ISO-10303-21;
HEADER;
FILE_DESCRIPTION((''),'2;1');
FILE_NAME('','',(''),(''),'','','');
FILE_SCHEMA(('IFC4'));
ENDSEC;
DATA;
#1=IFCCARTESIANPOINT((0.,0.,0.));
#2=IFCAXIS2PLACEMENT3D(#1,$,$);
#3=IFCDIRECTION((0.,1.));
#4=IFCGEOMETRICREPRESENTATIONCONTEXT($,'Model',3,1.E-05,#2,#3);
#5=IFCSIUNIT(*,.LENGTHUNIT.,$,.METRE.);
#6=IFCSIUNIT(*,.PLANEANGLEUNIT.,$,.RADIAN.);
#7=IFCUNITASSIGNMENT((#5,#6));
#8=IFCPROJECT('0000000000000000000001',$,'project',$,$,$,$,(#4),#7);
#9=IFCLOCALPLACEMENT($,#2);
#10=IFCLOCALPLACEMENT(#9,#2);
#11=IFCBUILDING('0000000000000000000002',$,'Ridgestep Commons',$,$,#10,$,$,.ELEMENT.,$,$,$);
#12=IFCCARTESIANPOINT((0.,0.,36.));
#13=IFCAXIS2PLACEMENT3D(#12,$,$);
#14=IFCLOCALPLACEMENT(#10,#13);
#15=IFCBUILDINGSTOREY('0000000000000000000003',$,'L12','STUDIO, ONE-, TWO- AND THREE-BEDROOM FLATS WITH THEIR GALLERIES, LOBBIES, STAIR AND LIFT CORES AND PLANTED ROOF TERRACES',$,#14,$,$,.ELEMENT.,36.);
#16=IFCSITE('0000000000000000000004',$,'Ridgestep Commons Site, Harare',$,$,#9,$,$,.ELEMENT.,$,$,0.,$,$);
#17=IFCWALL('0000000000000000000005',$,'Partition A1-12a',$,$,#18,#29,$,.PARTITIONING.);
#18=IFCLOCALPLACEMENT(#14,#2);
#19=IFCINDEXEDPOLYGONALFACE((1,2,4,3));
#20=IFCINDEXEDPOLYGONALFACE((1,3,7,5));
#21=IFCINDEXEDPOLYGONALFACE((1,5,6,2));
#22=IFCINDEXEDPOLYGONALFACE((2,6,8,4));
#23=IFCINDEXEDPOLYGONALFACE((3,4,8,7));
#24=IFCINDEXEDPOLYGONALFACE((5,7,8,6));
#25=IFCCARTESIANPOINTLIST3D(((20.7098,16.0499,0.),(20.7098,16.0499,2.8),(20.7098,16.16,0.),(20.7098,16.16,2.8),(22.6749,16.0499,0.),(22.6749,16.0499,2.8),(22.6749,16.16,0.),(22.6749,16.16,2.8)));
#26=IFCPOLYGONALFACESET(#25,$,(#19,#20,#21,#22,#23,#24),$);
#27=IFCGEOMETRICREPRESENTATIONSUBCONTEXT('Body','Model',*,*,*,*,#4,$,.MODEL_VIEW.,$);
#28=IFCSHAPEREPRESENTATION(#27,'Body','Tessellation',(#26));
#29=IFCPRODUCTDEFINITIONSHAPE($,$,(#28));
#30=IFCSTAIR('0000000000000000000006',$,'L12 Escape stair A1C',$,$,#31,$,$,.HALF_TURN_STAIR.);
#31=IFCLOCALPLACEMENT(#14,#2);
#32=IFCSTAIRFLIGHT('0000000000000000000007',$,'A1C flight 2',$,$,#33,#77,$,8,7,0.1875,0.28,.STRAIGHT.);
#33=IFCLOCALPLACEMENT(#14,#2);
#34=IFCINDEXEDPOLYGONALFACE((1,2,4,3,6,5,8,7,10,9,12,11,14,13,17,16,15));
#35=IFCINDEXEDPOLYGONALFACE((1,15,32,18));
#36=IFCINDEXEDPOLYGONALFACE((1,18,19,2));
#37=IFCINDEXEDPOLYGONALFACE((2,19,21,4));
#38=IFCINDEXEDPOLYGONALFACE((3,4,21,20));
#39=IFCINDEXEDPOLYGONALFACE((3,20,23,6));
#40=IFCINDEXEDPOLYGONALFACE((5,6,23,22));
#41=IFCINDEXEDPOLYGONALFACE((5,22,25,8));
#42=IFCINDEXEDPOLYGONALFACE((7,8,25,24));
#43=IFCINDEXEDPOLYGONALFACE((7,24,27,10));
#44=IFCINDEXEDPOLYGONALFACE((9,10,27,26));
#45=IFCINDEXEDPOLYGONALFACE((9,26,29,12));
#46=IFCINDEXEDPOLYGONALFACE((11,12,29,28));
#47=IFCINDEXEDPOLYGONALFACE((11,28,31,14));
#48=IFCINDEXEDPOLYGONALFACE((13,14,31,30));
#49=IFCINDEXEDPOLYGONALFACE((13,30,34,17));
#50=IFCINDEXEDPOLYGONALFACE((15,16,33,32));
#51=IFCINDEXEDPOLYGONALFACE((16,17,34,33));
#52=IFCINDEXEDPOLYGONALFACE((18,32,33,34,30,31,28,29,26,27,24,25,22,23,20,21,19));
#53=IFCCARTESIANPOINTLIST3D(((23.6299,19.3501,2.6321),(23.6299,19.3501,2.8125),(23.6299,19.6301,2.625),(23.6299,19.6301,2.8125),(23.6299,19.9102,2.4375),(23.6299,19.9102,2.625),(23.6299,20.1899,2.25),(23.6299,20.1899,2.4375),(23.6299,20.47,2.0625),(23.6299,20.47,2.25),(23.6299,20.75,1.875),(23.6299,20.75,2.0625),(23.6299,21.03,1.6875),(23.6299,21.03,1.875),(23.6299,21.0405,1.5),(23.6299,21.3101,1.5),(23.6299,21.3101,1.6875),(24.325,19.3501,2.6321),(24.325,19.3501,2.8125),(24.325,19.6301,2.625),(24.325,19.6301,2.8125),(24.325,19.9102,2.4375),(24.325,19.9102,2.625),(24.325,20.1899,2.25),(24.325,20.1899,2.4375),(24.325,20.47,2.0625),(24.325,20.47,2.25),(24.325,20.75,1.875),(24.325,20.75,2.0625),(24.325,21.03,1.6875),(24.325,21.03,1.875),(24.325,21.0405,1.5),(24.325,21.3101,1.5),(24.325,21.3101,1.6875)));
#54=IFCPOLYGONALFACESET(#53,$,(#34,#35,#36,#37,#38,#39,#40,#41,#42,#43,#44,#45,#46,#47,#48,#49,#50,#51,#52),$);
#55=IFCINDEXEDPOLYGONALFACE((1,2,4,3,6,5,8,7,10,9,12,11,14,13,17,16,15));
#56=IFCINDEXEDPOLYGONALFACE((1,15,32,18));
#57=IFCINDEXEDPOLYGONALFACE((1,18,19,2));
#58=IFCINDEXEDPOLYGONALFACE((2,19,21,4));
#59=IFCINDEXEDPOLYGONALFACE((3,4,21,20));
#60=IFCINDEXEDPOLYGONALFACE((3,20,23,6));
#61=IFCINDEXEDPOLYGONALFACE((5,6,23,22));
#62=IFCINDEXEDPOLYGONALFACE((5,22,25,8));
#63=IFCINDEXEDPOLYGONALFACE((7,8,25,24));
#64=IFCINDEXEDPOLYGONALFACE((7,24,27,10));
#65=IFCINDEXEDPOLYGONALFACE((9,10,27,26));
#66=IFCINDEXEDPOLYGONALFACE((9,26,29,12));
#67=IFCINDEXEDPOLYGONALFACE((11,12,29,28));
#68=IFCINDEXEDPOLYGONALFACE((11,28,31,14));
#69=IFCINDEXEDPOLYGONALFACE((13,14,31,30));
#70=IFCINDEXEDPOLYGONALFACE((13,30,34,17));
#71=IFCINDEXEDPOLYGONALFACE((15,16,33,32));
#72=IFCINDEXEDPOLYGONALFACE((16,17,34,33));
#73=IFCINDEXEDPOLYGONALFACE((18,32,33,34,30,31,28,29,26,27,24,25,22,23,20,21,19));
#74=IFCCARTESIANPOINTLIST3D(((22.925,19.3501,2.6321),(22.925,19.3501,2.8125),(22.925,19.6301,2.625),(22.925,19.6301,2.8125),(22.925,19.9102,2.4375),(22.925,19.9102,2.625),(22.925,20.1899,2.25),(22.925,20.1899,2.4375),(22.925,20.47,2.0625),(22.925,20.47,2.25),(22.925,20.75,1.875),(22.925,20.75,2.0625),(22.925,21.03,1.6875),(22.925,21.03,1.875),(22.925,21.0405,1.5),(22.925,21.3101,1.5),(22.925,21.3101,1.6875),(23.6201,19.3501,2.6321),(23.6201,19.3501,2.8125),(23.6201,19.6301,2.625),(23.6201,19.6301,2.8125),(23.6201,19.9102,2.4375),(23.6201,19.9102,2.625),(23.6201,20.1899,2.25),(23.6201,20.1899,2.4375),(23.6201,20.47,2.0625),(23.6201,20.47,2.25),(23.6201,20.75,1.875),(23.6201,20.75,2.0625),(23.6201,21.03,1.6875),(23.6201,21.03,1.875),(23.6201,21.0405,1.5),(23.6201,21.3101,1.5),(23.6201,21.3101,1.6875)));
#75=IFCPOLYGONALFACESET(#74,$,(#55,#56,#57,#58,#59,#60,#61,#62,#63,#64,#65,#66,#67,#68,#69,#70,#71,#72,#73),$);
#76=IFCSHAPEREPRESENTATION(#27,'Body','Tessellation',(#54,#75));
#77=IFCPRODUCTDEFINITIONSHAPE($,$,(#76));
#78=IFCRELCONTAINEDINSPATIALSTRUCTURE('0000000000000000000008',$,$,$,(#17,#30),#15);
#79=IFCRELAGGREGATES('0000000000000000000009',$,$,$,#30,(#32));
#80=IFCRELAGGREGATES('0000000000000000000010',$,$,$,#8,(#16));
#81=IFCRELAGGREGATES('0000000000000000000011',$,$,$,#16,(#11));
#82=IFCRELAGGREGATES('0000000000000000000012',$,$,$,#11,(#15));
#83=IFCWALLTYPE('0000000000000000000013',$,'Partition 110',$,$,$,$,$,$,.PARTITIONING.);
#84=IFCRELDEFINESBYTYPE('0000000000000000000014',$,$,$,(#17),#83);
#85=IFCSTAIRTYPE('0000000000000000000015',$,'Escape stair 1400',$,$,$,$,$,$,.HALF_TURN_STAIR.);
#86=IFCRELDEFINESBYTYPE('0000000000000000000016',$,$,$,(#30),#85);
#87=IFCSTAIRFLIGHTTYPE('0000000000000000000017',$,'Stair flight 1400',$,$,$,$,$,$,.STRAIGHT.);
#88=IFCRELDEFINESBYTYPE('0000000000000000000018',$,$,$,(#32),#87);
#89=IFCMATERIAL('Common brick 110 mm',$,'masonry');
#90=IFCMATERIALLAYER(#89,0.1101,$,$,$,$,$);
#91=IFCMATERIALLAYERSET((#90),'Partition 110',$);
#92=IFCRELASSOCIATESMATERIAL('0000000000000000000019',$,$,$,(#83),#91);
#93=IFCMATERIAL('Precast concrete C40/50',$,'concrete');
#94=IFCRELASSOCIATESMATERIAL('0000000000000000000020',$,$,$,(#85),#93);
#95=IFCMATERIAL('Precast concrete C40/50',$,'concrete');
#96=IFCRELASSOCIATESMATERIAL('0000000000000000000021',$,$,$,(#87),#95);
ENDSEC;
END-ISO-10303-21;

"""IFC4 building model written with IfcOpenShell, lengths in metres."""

from ifc_helpers import new_model, si_unit, direction, frame, frame_2d, origin, place, context, subcontext, project, spatial, polyline, rectangle, outline, extrude, material, layer, layer_set, type_object, element, aggregate, save


model = new_model("IFC4")

# Units and contexts
model_context = context("Model", 3, precision=1e-05, world=origin(), true_north=direction((0.0, 1.0)))
body_context = subcontext(model_context, "Body", "Model", "MODEL_VIEW")
ifc_project = project(units=[si_unit("LENGTHUNIT", "METRE"), si_unit("PLANEANGLEUNIT", "RADIAN")], contexts=[model_context])

# Site, building, storey
site_placement = place(None, origin())
site = spatial("IfcSite", under=ifc_project, at=site_placement, Name="Ridgestep Commons Site, Harare", CompositionType="ELEMENT", RefElevation=0.0)
building_placement = place(site_placement, origin())
building = spatial("IfcBuilding", under=site, at=building_placement, Name="Ridgestep Commons", CompositionType="ELEMENT")
storey_placement = place(building_placement, frame((0.0, 0.0, 36.0)))
storey = spatial("IfcBuildingStorey", under=building, at=storey_placement, Name="L12", Description="STUDIO, ONE-, TWO- AND THREE-BEDROOM FLATS WITH THEIR GALLERIES, LOBBIES, STAIR AND LIFT CORES AND PLANTED ROOF TERRACES", CompositionType="ELEMENT", Elevation=36.0)

# Shared definitions
ifc_material_1 = material(Name="Common brick 110 mm", Category="masonry")
ifc_layer_1 = layer(ifc_material_1, 0.1101)
ifc_layer_set_1 = layer_set([ifc_layer_1], Name="Partition 110")
wall_type_1 = type_object("IfcWallType", Name="Partition 110", PredefinedType="PARTITIONING", material=ifc_layer_set_1)

# Wall
wall_1_placement = place(storey_placement, frame((20.71, 16.105, 0.0), z_axis=(0.0, 0.0, 1.0), x_axis=(1.0, 0.0, 0.0)))
element("IfcWall", 1, at=wall_1_placement, inside=storey, type_object=wall_type_1, Name="Partition A1-12a", PredefinedType="PARTITIONING", context=body_context, shape_type="SweptSolid", body=[
    extrude(rectangle(XDim=1.9651, YDim=0.1101, at=frame_2d((0.9824, 0.0))), origin(), (0.0, 0.0, 1.0), 2.8),
])

# Stair, stair flight
ifc_material_2 = material(Name="Precast concrete C40/50", Category="concrete")
stair_type = type_object("IfcStairType", Name="Escape stair 1400", PredefinedType="HALF_TURN_STAIR", material=ifc_material_2)
stair_placement = place(storey_placement, origin())
stair = element("IfcStair", 2, at=stair_placement, inside=storey, type_object=stair_type, Name="L12 Escape stair A1C", PredefinedType="HALF_TURN_STAIR")
ifc_material_3 = material(Name="Precast concrete C40/50", Category="concrete")
stair_flight_type = type_object("IfcStairFlightType", Name="Stair flight 1400", PredefinedType="STRAIGHT", material=ifc_material_3)
stair_flight_placement = place(storey_placement, frame((23.625, 21.3101, 1.5), z_axis=(0.0, 0.0, 1.0), x_axis=(0.0, -1.0, 0.0)))
stair_flight = element("IfcStairFlight", 3, at=stair_flight_placement, type_object=stair_flight_type, Name="A1C flight 2", NumberOfRisers=8, NumberOfTreads=7, PredefinedType="STRAIGHT", RiserHeight=0.1875, TreadLength=0.28, context=body_context, shape_type="SweptSolid", body=[
    extrude(outline(polyline([(0.0, 0.0), (0.0, 0.1875), (0.28, 0.1875), (0.28, 0.375), (0.5601, 0.375), (0.5601, 0.5625), (0.8401, 0.5625), (0.8401, 0.75), (1.1201, 0.75), (1.1201, 0.9375), (1.3999, 0.9375), (1.3999, 1.125), (1.6799, 1.125), (1.6799, 1.3125), (1.96, 1.3125), (1.96, 1.5), (1.96, 1.1321), (0.2695, 0.0), (0.0, 0.0)])), frame((0.0, 0.7, 0.0), z_axis=(0.0, -1.0, 0.0), x_axis=(1.0, 0.0, 0.0)), (0.0, 0.0, 1.0), 0.6951),
    extrude(outline(polyline([(0.0, 0.0), (0.0, 0.1875), (0.28, 0.1875), (0.28, 0.375), (0.5601, 0.375), (0.5601, 0.5625), (0.8401, 0.5625), (0.8401, 0.75), (1.1201, 0.75), (1.1201, 0.9375), (1.3999, 0.9375), (1.3999, 1.125), (1.6799, 1.125), (1.6799, 1.3125), (1.96, 1.3125), (1.96, 1.5), (1.96, 1.1321), (0.2695, 0.0), (0.0, 0.0)])), frame((0.0, -0.0049, 0.0), z_axis=(0.0, -1.0, 0.0), x_axis=(1.0, 0.0, 0.0)), (0.0, 0.0, 1.0), 0.6951),
])
aggregate(stair, [stair_flight])

save(model, "model.ifc")
